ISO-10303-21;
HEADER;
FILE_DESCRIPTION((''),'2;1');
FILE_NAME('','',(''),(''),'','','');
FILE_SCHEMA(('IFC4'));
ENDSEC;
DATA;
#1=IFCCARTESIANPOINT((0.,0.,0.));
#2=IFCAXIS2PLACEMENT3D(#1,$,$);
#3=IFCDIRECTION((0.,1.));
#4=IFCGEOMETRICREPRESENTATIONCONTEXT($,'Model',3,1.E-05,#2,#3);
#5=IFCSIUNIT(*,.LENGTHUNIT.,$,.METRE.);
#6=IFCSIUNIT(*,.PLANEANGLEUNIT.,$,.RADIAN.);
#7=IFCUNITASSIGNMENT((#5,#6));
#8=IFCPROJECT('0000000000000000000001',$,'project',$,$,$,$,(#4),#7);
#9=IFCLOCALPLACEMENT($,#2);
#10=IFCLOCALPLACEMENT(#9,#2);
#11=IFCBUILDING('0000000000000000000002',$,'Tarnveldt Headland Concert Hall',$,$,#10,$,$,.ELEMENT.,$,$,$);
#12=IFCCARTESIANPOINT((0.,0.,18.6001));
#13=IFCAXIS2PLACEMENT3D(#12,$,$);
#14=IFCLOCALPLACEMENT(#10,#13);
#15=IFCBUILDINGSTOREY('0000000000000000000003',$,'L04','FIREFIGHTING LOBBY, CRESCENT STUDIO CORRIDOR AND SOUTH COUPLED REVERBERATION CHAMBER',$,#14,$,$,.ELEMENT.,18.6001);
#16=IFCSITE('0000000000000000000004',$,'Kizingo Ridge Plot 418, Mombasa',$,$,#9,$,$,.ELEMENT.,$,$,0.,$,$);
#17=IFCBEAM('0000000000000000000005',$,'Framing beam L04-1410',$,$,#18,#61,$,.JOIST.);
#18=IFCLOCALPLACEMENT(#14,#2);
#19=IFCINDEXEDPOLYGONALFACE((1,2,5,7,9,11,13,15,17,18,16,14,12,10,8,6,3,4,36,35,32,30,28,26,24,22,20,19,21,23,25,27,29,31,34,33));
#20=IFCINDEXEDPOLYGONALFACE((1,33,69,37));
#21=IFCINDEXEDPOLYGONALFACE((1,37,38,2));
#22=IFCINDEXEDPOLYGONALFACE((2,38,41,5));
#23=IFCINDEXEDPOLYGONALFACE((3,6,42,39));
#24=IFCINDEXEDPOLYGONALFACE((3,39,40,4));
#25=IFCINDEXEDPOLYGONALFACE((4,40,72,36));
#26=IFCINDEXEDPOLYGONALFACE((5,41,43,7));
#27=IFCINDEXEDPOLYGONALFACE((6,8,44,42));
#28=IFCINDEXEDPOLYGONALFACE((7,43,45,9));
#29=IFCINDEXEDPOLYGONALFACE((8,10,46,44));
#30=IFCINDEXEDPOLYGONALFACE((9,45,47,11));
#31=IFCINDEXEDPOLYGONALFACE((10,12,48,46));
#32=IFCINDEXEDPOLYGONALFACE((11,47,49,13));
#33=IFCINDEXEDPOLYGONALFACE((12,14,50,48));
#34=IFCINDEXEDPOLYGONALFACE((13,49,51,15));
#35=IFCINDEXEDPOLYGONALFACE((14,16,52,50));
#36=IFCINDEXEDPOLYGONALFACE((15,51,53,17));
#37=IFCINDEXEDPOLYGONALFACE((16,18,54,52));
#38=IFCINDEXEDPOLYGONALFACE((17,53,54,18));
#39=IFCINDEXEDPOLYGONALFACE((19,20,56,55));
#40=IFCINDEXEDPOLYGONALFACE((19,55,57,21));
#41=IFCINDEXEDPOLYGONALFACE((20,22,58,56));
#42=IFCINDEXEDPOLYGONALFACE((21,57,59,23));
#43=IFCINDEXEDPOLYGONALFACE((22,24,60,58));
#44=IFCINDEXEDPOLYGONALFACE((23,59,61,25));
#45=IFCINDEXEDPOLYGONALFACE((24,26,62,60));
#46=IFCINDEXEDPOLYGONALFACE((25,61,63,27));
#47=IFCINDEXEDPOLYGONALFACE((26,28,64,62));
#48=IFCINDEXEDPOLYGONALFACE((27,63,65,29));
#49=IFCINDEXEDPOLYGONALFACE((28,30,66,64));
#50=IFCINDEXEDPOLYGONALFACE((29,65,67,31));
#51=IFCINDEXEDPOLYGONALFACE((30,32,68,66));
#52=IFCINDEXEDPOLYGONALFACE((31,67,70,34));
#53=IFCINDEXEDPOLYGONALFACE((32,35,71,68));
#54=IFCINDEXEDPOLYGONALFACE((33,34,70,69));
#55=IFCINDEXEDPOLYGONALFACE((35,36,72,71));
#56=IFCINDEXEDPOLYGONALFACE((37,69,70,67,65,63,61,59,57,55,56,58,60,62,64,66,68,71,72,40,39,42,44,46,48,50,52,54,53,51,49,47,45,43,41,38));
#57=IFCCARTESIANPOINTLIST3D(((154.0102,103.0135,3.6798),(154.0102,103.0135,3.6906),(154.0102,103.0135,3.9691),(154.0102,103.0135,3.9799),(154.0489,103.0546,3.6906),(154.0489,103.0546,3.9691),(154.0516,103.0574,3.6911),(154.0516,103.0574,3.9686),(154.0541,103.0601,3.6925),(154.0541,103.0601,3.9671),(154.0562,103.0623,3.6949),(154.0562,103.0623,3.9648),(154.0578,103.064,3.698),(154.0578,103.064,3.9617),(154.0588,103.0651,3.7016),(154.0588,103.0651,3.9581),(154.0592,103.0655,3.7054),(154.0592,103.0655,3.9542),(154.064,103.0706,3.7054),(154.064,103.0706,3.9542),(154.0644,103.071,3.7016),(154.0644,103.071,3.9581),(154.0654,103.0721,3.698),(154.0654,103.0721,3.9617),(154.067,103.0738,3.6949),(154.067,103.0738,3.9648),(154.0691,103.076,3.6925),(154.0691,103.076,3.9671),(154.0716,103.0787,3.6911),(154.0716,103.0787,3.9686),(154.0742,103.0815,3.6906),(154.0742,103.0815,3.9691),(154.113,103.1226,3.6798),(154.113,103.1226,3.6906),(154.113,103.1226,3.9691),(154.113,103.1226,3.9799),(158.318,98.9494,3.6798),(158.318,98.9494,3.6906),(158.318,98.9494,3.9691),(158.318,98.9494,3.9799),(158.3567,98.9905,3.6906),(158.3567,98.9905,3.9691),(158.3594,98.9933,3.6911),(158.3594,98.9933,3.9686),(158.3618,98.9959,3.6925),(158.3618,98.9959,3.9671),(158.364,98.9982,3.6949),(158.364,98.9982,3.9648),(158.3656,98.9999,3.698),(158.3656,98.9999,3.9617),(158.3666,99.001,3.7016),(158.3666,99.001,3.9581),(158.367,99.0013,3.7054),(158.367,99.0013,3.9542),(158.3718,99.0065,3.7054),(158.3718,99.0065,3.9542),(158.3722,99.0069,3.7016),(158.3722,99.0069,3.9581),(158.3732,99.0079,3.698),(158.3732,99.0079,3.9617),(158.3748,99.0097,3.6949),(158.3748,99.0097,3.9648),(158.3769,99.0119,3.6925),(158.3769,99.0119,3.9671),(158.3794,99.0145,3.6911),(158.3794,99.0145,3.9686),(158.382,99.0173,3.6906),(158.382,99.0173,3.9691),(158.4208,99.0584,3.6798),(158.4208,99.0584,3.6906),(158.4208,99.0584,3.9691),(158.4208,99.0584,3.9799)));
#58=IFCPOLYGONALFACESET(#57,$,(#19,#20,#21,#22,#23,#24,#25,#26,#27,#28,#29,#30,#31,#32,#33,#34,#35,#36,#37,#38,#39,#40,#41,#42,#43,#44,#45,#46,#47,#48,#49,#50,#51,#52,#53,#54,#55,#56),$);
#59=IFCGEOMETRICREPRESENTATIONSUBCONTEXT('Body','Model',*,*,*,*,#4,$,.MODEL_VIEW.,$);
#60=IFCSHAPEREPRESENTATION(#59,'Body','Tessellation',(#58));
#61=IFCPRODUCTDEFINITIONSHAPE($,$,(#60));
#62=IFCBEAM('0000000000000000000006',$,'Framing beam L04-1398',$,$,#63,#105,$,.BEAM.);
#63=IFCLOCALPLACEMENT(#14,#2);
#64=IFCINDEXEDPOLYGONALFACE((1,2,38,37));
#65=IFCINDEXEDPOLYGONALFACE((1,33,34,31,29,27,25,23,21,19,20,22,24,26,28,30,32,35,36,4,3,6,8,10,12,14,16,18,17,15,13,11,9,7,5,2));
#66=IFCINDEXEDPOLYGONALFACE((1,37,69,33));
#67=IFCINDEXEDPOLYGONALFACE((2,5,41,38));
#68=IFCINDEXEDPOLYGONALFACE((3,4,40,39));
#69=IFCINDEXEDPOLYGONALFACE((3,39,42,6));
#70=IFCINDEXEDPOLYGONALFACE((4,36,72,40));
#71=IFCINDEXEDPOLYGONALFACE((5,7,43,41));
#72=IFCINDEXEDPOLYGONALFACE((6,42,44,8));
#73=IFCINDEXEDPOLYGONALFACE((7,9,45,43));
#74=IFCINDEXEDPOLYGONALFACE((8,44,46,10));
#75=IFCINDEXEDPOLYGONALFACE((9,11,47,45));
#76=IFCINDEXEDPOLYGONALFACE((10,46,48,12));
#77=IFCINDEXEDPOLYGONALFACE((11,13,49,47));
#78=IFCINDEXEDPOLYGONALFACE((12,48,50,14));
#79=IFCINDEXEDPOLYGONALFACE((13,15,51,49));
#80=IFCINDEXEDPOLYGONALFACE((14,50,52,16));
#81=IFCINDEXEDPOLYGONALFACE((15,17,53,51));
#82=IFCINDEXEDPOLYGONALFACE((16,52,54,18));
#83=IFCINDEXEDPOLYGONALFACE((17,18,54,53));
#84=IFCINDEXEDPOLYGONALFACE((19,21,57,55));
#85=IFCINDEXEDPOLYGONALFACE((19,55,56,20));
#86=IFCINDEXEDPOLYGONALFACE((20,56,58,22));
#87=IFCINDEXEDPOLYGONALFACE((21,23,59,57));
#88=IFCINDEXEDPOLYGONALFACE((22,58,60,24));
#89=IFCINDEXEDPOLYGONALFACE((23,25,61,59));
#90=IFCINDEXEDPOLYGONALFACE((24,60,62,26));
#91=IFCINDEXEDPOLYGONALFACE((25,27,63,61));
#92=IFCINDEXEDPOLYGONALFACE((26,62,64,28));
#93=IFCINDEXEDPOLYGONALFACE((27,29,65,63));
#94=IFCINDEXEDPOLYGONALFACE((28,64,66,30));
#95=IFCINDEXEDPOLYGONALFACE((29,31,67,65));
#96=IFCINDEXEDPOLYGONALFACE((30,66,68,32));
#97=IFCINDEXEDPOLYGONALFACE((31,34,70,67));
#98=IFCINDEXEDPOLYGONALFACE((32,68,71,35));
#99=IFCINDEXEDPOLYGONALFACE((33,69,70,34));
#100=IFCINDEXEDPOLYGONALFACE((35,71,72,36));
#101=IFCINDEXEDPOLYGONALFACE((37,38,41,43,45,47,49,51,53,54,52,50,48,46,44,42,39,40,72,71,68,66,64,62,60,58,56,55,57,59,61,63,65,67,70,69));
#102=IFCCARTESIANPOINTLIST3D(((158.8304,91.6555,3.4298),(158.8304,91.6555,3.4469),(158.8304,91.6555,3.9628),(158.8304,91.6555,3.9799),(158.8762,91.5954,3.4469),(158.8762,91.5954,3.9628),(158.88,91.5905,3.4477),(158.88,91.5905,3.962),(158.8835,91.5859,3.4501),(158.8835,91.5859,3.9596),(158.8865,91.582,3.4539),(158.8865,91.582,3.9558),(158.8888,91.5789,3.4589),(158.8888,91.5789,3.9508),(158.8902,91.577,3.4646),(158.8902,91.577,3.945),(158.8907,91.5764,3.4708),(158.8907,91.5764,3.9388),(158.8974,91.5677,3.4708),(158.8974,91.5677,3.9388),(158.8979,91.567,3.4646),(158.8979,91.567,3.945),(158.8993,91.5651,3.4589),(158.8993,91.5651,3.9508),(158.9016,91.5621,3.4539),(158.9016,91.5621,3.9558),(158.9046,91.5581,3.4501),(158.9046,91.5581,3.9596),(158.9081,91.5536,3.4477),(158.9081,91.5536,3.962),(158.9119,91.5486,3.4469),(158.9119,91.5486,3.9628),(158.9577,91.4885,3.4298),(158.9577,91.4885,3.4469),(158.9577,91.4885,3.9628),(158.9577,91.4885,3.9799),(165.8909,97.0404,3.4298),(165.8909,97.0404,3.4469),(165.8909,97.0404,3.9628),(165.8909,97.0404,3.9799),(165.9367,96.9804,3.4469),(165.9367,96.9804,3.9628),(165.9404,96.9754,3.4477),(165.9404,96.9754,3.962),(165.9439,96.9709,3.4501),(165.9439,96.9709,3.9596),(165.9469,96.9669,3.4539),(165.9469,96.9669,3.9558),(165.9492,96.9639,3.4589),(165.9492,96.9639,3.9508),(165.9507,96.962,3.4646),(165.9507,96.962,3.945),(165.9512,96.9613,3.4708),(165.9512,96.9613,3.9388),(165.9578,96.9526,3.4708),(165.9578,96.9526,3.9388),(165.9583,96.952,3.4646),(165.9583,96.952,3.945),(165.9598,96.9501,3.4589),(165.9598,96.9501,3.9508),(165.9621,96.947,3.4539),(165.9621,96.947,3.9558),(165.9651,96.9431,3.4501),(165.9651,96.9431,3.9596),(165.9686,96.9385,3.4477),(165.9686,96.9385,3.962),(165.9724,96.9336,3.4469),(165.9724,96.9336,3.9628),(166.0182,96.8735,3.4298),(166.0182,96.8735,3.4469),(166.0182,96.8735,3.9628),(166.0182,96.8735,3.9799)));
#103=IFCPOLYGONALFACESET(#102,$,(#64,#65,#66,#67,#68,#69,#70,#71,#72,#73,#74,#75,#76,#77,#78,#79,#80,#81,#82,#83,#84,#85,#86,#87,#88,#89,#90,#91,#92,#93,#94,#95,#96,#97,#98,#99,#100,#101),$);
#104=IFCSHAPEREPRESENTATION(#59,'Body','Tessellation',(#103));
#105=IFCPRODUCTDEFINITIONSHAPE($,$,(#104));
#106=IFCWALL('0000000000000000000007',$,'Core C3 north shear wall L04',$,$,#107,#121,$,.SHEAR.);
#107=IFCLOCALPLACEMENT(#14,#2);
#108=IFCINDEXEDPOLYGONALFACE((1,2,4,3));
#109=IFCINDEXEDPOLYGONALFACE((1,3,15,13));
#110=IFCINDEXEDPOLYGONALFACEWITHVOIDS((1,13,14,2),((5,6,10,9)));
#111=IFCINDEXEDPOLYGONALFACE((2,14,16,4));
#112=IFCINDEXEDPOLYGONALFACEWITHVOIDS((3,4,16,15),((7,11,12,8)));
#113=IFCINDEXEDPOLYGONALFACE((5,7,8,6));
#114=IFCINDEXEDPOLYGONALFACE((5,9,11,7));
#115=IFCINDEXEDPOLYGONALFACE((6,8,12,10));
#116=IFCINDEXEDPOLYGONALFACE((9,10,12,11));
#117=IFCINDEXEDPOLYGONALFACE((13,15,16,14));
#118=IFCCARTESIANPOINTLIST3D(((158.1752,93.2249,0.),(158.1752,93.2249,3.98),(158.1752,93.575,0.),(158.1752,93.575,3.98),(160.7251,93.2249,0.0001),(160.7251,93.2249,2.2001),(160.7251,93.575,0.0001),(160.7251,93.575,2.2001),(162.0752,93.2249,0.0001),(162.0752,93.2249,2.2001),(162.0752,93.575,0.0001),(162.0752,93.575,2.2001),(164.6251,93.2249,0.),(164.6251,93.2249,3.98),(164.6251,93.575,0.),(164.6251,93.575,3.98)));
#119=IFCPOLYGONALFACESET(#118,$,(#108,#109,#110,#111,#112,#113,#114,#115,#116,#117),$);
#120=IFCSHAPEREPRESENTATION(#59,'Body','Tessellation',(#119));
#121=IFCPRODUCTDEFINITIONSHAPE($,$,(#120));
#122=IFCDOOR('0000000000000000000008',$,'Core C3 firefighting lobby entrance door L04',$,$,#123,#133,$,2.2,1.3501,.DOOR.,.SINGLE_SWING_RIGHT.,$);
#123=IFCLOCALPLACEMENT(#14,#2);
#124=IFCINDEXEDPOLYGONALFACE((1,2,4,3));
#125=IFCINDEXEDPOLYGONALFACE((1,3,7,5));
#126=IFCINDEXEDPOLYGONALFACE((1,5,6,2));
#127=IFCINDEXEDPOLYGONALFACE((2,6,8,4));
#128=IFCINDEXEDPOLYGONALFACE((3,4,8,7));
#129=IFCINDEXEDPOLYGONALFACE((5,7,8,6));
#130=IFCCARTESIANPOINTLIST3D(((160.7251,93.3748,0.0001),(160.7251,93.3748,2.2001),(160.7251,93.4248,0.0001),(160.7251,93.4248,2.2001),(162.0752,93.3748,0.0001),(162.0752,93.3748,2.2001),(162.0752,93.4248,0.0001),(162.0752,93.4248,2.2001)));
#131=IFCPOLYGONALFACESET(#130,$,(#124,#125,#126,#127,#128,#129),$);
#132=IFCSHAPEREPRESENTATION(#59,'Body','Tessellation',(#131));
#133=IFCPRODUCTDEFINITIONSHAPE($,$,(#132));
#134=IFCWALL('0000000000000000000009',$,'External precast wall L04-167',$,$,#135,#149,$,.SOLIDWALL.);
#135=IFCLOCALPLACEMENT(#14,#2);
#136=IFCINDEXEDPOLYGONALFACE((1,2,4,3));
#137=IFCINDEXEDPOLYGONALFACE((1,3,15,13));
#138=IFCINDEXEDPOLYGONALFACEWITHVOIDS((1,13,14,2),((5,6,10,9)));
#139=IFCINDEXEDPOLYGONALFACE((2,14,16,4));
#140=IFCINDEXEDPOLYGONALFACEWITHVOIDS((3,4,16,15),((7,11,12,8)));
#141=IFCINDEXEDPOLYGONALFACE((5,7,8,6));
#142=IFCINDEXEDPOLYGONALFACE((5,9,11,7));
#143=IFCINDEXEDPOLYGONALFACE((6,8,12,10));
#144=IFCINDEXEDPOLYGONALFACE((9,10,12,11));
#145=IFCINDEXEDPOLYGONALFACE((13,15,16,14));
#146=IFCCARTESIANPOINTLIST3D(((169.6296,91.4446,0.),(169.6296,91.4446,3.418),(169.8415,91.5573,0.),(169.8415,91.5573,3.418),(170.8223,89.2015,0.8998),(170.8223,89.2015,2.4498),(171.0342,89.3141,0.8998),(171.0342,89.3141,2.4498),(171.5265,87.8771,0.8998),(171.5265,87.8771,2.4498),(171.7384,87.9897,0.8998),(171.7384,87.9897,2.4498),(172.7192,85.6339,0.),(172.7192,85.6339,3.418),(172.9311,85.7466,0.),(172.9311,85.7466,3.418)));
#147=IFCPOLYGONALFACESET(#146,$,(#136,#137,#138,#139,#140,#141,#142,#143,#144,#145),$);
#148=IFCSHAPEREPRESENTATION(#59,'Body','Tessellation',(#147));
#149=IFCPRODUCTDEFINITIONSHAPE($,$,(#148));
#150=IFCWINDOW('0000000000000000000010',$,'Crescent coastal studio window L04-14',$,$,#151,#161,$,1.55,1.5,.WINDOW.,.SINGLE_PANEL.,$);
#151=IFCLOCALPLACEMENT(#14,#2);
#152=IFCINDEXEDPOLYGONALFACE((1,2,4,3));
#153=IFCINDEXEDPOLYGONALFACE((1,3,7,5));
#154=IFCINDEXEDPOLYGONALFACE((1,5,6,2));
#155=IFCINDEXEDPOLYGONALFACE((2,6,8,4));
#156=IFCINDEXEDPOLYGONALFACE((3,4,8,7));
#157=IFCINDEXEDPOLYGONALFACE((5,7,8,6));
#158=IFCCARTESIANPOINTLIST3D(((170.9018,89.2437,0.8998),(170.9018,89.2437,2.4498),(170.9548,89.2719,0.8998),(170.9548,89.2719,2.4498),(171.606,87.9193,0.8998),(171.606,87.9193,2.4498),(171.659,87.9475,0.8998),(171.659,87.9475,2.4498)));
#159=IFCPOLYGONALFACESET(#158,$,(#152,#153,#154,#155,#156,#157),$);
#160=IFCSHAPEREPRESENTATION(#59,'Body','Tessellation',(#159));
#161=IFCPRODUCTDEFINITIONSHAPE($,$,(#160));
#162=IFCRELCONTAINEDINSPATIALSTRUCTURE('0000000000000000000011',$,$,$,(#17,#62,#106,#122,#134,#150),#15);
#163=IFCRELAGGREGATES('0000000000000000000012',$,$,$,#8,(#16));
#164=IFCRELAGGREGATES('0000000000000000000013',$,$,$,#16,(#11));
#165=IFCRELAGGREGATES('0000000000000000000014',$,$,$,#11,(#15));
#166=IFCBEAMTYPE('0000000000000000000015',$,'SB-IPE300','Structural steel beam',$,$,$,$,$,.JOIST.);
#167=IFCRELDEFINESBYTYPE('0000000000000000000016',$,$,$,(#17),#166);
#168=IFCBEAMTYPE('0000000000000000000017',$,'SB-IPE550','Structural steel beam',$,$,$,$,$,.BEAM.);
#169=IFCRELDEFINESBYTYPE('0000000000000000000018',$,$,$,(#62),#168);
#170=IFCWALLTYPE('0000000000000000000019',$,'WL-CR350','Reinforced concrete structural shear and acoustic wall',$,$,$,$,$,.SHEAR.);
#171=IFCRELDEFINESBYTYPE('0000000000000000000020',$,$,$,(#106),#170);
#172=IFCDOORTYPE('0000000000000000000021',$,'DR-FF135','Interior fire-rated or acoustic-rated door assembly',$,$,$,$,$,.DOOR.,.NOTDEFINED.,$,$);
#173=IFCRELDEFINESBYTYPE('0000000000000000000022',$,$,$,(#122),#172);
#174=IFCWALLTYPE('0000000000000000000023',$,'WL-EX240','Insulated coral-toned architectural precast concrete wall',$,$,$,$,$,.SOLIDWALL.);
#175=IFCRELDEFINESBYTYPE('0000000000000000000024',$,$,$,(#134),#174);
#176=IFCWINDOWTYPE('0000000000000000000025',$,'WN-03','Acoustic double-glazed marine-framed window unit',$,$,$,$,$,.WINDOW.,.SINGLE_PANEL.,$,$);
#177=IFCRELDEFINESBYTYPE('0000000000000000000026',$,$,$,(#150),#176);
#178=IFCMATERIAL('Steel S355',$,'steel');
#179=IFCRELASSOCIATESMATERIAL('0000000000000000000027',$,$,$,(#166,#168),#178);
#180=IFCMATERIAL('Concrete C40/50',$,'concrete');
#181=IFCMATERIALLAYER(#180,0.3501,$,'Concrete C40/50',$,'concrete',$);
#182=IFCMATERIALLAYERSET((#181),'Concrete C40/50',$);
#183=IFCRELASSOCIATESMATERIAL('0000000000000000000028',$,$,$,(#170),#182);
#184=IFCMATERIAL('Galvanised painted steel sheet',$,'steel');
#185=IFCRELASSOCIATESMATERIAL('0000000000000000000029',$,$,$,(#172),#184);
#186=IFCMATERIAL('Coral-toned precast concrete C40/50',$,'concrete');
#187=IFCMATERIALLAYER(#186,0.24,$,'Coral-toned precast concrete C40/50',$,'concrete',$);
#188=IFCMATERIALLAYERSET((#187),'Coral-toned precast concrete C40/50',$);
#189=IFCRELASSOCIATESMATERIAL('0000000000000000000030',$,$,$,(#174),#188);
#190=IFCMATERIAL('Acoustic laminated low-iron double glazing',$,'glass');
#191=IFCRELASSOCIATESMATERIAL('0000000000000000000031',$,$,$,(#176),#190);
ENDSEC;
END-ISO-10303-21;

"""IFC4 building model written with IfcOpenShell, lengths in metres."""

from ifc_helpers import new_model, si_unit, direction, frame, frame_2d, origin, origin_2d, place, context, subcontext, project, spatial, rectangle, i_section, extrude, material, layer, layer_set, material_profile, profile_set, type_object, element, fill, save


model = new_model("IFC4")

# Units and contexts
model_context = context("Model", 3, precision=1e-05, world=origin(), true_north=direction((0.0, 1.0)))
body_context = subcontext(model_context, "Body", "Model", "MODEL_VIEW")
ifc_project = project(units=[si_unit("LENGTHUNIT", "METRE"), si_unit("PLANEANGLEUNIT", "RADIAN")], contexts=[model_context])

# Site, building, storey
site_placement = place(None, origin())
site = spatial("IfcSite", under=ifc_project, at=site_placement, Name="Kizingo Ridge Plot 418, Mombasa", CompositionType="ELEMENT", RefElevation=0.0)
building_placement = place(site_placement, origin())
building = spatial("IfcBuilding", under=site, at=building_placement, Name="Tarnveldt Headland Concert Hall", CompositionType="ELEMENT")
storey_placement = place(building_placement, frame((0.0, 0.0, 18.6001)))
storey = spatial("IfcBuildingStorey", under=building, at=storey_placement, Name="L04", Description="FIREFIGHTING LOBBY, CRESCENT STUDIO CORRIDOR AND SOUTH COUPLED REVERBERATION CHAMBER", CompositionType="ELEMENT", Elevation=18.6001)

# Shared definitions
ifc_material_1 = material(Name="Steel S355", Category="steel")

# Beams
ifc_material_profile_1 = material_profile(ifc_material_1, i_section(OverallWidth=0.1499, OverallDepth=0.3, WebThickness=0.0071, FlangeThickness=0.0107, FilletRadius=0.0149, at=origin_2d()), Name="IPE300", Category="steel")
ifc_profile_set_1 = profile_set([ifc_material_profile_1], Name="Steel S355")
beam_type_1 = type_object("IfcBeamType", Name="SB-IPE300", Description="Structural steel beam", PredefinedType="JOIST", material=ifc_profile_set_1)
beam_1_placement = place(storey_placement, frame((158.3694, 99.0039, 3.8298), z_axis=(-0.727378, 0.686237, 0.0), x_axis=(-0.686237, -0.727378, 0.0)))
element("IfcBeam", 1, at=beam_1_placement, inside=storey, type_object=beam_type_1, Name="Framing beam L04-1410", PredefinedType="JOIST", context=body_context, shape_type="SweptSolid", body=[
    extrude(i_section(OverallWidth=0.1499, OverallDepth=0.3, WebThickness=0.0071, FlangeThickness=0.0107, FilletRadius=0.0149, at=origin_2d()), origin(), (0.0, 0.0, 1.0), 5.9224),
])
ifc_material_profile_2 = material_profile(ifc_material_1, i_section(OverallWidth=0.21, OverallDepth=0.55, WebThickness=0.011, FlangeThickness=0.0171, FilletRadius=0.0239, at=origin_2d()), Name="IPE550", Category="steel")
ifc_profile_set_2 = profile_set([ifc_material_profile_2], Name="Steel S355")
beam_type_2 = type_object("IfcBeamType", Name="SB-IPE550", Description="Structural steel beam", PredefinedType="BEAM", material=ifc_profile_set_2)
beam_2_placement = place(storey_placement, frame((158.894, 91.572, 3.7048), z_axis=(0.795131, 0.606438, 0.0), x_axis=(-0.606438, 0.795131, 0.0)))
element("IfcBeam", 2, at=beam_2_placement, inside=storey, type_object=beam_type_2, Name="Framing beam L04-1398", PredefinedType="BEAM", context=body_context, shape_type="SweptSolid", body=[
    extrude(i_section(OverallWidth=0.21, OverallDepth=0.55, WebThickness=0.011, FlangeThickness=0.0171, FilletRadius=0.0239, at=origin_2d()), origin(), (0.0, 0.0, 1.0), 8.8796),
])

# Wall, opening, door
ifc_material_2 = material(Name="Concrete C40/50", Category="concrete")
ifc_layer_1 = layer(ifc_material_2, 0.3501, Name="Concrete C40/50", Category="concrete")
ifc_layer_set_1 = layer_set([ifc_layer_1], Name="Concrete C40/50")
wall_type_1 = type_object("IfcWallType", Name="WL-CR350", Description="Reinforced concrete structural shear and acoustic wall", PredefinedType="SHEAR", material=ifc_layer_set_1)
wall_1_placement = place(storey_placement, frame((158.175, 93.3999, 0.0), z_axis=(0.0, 0.0, 1.0), x_axis=(1.0, 0.0, 0.0)))
wall_1 = element("IfcWall", 3, at=wall_1_placement, inside=storey, type_object=wall_type_1, Name="Core C3 north shear wall L04", PredefinedType="SHEAR", context=body_context, shape_type="SweptSolid", body=[
    extrude(rectangle(XDim=6.45, YDim=0.3501, at=frame_2d((3.2251, 0.0))), origin(), (0.0, 0.0, 1.0), 3.98),
])
opening_1_placement = place(wall_1_placement, frame((2.55, 0.0, 0.0)))
opening_1 = element("IfcOpeningElement", 4, at=opening_1_placement, cuts=wall_1, PredefinedType="OPENING", context=body_context, shape_type="SweptSolid", body=[
    extrude(rectangle(XDim=1.3501, YDim=2.2, at=frame_2d((0.675, 1.1001))), frame((0.0, 0.1851, 0.0), z_axis=(0.0, -1.0, 0.0), x_axis=(1.0, 0.0, 0.0)), (0.0, 0.0, 1.0), 0.3701),
])
ifc_material_3 = material(Name="Galvanised painted steel sheet", Category="steel")
door_type = type_object("IfcDoorType", Name="DR-FF135", Description="Interior fire-rated or acoustic-rated door assembly", OperationType="NOTDEFINED", PredefinedType="DOOR", material=ifc_material_3)
door_placement = place(opening_1_placement, origin())
door = element("IfcDoor", 5, at=door_placement, inside=storey, type_object=door_type, Name="Core C3 firefighting lobby entrance door L04", OperationType="SINGLE_SWING_RIGHT", OverallHeight=2.2, OverallWidth=1.3501, PredefinedType="DOOR", context=body_context, shape_type="SweptSolid", body=[
    extrude(rectangle(XDim=1.3501, YDim=2.2, at=frame_2d((0.675, 1.1001))), frame((0.0, 0.0249, 0.0), z_axis=(0.0, -1.0, 0.0), x_axis=(1.0, 0.0, 0.0)), (0.0, 0.0, 1.0), 0.05),
])
fill(opening_1, door)

# Wall, opening, window
ifc_material_4 = material(Name="Coral-toned precast concrete C40/50", Category="concrete")
ifc_layer_2 = layer(ifc_material_4, 0.24, Name="Coral-toned precast concrete C40/50", Category="concrete")
ifc_layer_set_2 = layer_set([ifc_layer_2], Name="Coral-toned precast concrete C40/50")
wall_type_2 = type_object("IfcWallType", Name="WL-EX240", Description="Insulated coral-toned architectural precast concrete wall", PredefinedType="SOLIDWALL", material=ifc_layer_set_2)
wall_2_placement = place(storey_placement, frame((169.7356, 91.501, 0.0), z_axis=(0.0, 0.0, 1.0), x_axis=(0.469465, -0.882951, 0.0)))
wall_2 = element("IfcWall", 6, at=wall_2_placement, inside=storey, type_object=wall_type_2, Name="External precast wall L04-167", PredefinedType="SOLIDWALL", context=body_context, shape_type="SweptSolid", body=[
    extrude(rectangle(XDim=6.5811, YDim=0.24, at=frame_2d((3.2905, 0.0))), origin(), (0.0, 0.0, 1.0), 3.418),
])
opening_2_placement = place(wall_2_placement, frame((2.5405, 0.0, 0.8999)))
opening_2 = element("IfcOpeningElement", 7, at=opening_2_placement, cuts=wall_2, PredefinedType="OPENING", context=body_context, shape_type="SweptSolid", body=[
    extrude(rectangle(XDim=1.5, YDim=1.55, at=frame_2d((0.75, 0.7749))), frame((0.0, 0.1299, 0.0), z_axis=(0.0, -1.0, 0.0), x_axis=(1.0, 0.0, 0.0)), (0.0, 0.0, 1.0), 0.26),
])
ifc_material_5 = material(Name="Acoustic laminated low-iron double glazing", Category="glass")
window_type_1 = type_object("IfcWindowType", Name="WN-03", Description="Acoustic double-glazed marine-framed window unit", PartitioningType="SINGLE_PANEL", PredefinedType="WINDOW", material=ifc_material_5)
window_1_placement = place(opening_2_placement, origin())
window_1 = element("IfcWindow", 8, at=window_1_placement, inside=storey, type_object=window_type_1, Name="Crescent coastal studio window L04-14", OverallHeight=1.55, OverallWidth=1.5, PartitioningType="SINGLE_PANEL", PredefinedType="WINDOW", context=body_context, shape_type="SweptSolid", body=[
    extrude(rectangle(XDim=1.5, YDim=1.55, at=frame_2d((0.75, 0.7749))), frame((0.0, 0.03, 0.0), z_axis=(0.0, -1.0, 0.0), x_axis=(1.0, 0.0, 0.0)), (0.0, 0.0, 1.0), 0.0601),
])
fill(opening_2, window_1)

save(model, "model.ifc")
